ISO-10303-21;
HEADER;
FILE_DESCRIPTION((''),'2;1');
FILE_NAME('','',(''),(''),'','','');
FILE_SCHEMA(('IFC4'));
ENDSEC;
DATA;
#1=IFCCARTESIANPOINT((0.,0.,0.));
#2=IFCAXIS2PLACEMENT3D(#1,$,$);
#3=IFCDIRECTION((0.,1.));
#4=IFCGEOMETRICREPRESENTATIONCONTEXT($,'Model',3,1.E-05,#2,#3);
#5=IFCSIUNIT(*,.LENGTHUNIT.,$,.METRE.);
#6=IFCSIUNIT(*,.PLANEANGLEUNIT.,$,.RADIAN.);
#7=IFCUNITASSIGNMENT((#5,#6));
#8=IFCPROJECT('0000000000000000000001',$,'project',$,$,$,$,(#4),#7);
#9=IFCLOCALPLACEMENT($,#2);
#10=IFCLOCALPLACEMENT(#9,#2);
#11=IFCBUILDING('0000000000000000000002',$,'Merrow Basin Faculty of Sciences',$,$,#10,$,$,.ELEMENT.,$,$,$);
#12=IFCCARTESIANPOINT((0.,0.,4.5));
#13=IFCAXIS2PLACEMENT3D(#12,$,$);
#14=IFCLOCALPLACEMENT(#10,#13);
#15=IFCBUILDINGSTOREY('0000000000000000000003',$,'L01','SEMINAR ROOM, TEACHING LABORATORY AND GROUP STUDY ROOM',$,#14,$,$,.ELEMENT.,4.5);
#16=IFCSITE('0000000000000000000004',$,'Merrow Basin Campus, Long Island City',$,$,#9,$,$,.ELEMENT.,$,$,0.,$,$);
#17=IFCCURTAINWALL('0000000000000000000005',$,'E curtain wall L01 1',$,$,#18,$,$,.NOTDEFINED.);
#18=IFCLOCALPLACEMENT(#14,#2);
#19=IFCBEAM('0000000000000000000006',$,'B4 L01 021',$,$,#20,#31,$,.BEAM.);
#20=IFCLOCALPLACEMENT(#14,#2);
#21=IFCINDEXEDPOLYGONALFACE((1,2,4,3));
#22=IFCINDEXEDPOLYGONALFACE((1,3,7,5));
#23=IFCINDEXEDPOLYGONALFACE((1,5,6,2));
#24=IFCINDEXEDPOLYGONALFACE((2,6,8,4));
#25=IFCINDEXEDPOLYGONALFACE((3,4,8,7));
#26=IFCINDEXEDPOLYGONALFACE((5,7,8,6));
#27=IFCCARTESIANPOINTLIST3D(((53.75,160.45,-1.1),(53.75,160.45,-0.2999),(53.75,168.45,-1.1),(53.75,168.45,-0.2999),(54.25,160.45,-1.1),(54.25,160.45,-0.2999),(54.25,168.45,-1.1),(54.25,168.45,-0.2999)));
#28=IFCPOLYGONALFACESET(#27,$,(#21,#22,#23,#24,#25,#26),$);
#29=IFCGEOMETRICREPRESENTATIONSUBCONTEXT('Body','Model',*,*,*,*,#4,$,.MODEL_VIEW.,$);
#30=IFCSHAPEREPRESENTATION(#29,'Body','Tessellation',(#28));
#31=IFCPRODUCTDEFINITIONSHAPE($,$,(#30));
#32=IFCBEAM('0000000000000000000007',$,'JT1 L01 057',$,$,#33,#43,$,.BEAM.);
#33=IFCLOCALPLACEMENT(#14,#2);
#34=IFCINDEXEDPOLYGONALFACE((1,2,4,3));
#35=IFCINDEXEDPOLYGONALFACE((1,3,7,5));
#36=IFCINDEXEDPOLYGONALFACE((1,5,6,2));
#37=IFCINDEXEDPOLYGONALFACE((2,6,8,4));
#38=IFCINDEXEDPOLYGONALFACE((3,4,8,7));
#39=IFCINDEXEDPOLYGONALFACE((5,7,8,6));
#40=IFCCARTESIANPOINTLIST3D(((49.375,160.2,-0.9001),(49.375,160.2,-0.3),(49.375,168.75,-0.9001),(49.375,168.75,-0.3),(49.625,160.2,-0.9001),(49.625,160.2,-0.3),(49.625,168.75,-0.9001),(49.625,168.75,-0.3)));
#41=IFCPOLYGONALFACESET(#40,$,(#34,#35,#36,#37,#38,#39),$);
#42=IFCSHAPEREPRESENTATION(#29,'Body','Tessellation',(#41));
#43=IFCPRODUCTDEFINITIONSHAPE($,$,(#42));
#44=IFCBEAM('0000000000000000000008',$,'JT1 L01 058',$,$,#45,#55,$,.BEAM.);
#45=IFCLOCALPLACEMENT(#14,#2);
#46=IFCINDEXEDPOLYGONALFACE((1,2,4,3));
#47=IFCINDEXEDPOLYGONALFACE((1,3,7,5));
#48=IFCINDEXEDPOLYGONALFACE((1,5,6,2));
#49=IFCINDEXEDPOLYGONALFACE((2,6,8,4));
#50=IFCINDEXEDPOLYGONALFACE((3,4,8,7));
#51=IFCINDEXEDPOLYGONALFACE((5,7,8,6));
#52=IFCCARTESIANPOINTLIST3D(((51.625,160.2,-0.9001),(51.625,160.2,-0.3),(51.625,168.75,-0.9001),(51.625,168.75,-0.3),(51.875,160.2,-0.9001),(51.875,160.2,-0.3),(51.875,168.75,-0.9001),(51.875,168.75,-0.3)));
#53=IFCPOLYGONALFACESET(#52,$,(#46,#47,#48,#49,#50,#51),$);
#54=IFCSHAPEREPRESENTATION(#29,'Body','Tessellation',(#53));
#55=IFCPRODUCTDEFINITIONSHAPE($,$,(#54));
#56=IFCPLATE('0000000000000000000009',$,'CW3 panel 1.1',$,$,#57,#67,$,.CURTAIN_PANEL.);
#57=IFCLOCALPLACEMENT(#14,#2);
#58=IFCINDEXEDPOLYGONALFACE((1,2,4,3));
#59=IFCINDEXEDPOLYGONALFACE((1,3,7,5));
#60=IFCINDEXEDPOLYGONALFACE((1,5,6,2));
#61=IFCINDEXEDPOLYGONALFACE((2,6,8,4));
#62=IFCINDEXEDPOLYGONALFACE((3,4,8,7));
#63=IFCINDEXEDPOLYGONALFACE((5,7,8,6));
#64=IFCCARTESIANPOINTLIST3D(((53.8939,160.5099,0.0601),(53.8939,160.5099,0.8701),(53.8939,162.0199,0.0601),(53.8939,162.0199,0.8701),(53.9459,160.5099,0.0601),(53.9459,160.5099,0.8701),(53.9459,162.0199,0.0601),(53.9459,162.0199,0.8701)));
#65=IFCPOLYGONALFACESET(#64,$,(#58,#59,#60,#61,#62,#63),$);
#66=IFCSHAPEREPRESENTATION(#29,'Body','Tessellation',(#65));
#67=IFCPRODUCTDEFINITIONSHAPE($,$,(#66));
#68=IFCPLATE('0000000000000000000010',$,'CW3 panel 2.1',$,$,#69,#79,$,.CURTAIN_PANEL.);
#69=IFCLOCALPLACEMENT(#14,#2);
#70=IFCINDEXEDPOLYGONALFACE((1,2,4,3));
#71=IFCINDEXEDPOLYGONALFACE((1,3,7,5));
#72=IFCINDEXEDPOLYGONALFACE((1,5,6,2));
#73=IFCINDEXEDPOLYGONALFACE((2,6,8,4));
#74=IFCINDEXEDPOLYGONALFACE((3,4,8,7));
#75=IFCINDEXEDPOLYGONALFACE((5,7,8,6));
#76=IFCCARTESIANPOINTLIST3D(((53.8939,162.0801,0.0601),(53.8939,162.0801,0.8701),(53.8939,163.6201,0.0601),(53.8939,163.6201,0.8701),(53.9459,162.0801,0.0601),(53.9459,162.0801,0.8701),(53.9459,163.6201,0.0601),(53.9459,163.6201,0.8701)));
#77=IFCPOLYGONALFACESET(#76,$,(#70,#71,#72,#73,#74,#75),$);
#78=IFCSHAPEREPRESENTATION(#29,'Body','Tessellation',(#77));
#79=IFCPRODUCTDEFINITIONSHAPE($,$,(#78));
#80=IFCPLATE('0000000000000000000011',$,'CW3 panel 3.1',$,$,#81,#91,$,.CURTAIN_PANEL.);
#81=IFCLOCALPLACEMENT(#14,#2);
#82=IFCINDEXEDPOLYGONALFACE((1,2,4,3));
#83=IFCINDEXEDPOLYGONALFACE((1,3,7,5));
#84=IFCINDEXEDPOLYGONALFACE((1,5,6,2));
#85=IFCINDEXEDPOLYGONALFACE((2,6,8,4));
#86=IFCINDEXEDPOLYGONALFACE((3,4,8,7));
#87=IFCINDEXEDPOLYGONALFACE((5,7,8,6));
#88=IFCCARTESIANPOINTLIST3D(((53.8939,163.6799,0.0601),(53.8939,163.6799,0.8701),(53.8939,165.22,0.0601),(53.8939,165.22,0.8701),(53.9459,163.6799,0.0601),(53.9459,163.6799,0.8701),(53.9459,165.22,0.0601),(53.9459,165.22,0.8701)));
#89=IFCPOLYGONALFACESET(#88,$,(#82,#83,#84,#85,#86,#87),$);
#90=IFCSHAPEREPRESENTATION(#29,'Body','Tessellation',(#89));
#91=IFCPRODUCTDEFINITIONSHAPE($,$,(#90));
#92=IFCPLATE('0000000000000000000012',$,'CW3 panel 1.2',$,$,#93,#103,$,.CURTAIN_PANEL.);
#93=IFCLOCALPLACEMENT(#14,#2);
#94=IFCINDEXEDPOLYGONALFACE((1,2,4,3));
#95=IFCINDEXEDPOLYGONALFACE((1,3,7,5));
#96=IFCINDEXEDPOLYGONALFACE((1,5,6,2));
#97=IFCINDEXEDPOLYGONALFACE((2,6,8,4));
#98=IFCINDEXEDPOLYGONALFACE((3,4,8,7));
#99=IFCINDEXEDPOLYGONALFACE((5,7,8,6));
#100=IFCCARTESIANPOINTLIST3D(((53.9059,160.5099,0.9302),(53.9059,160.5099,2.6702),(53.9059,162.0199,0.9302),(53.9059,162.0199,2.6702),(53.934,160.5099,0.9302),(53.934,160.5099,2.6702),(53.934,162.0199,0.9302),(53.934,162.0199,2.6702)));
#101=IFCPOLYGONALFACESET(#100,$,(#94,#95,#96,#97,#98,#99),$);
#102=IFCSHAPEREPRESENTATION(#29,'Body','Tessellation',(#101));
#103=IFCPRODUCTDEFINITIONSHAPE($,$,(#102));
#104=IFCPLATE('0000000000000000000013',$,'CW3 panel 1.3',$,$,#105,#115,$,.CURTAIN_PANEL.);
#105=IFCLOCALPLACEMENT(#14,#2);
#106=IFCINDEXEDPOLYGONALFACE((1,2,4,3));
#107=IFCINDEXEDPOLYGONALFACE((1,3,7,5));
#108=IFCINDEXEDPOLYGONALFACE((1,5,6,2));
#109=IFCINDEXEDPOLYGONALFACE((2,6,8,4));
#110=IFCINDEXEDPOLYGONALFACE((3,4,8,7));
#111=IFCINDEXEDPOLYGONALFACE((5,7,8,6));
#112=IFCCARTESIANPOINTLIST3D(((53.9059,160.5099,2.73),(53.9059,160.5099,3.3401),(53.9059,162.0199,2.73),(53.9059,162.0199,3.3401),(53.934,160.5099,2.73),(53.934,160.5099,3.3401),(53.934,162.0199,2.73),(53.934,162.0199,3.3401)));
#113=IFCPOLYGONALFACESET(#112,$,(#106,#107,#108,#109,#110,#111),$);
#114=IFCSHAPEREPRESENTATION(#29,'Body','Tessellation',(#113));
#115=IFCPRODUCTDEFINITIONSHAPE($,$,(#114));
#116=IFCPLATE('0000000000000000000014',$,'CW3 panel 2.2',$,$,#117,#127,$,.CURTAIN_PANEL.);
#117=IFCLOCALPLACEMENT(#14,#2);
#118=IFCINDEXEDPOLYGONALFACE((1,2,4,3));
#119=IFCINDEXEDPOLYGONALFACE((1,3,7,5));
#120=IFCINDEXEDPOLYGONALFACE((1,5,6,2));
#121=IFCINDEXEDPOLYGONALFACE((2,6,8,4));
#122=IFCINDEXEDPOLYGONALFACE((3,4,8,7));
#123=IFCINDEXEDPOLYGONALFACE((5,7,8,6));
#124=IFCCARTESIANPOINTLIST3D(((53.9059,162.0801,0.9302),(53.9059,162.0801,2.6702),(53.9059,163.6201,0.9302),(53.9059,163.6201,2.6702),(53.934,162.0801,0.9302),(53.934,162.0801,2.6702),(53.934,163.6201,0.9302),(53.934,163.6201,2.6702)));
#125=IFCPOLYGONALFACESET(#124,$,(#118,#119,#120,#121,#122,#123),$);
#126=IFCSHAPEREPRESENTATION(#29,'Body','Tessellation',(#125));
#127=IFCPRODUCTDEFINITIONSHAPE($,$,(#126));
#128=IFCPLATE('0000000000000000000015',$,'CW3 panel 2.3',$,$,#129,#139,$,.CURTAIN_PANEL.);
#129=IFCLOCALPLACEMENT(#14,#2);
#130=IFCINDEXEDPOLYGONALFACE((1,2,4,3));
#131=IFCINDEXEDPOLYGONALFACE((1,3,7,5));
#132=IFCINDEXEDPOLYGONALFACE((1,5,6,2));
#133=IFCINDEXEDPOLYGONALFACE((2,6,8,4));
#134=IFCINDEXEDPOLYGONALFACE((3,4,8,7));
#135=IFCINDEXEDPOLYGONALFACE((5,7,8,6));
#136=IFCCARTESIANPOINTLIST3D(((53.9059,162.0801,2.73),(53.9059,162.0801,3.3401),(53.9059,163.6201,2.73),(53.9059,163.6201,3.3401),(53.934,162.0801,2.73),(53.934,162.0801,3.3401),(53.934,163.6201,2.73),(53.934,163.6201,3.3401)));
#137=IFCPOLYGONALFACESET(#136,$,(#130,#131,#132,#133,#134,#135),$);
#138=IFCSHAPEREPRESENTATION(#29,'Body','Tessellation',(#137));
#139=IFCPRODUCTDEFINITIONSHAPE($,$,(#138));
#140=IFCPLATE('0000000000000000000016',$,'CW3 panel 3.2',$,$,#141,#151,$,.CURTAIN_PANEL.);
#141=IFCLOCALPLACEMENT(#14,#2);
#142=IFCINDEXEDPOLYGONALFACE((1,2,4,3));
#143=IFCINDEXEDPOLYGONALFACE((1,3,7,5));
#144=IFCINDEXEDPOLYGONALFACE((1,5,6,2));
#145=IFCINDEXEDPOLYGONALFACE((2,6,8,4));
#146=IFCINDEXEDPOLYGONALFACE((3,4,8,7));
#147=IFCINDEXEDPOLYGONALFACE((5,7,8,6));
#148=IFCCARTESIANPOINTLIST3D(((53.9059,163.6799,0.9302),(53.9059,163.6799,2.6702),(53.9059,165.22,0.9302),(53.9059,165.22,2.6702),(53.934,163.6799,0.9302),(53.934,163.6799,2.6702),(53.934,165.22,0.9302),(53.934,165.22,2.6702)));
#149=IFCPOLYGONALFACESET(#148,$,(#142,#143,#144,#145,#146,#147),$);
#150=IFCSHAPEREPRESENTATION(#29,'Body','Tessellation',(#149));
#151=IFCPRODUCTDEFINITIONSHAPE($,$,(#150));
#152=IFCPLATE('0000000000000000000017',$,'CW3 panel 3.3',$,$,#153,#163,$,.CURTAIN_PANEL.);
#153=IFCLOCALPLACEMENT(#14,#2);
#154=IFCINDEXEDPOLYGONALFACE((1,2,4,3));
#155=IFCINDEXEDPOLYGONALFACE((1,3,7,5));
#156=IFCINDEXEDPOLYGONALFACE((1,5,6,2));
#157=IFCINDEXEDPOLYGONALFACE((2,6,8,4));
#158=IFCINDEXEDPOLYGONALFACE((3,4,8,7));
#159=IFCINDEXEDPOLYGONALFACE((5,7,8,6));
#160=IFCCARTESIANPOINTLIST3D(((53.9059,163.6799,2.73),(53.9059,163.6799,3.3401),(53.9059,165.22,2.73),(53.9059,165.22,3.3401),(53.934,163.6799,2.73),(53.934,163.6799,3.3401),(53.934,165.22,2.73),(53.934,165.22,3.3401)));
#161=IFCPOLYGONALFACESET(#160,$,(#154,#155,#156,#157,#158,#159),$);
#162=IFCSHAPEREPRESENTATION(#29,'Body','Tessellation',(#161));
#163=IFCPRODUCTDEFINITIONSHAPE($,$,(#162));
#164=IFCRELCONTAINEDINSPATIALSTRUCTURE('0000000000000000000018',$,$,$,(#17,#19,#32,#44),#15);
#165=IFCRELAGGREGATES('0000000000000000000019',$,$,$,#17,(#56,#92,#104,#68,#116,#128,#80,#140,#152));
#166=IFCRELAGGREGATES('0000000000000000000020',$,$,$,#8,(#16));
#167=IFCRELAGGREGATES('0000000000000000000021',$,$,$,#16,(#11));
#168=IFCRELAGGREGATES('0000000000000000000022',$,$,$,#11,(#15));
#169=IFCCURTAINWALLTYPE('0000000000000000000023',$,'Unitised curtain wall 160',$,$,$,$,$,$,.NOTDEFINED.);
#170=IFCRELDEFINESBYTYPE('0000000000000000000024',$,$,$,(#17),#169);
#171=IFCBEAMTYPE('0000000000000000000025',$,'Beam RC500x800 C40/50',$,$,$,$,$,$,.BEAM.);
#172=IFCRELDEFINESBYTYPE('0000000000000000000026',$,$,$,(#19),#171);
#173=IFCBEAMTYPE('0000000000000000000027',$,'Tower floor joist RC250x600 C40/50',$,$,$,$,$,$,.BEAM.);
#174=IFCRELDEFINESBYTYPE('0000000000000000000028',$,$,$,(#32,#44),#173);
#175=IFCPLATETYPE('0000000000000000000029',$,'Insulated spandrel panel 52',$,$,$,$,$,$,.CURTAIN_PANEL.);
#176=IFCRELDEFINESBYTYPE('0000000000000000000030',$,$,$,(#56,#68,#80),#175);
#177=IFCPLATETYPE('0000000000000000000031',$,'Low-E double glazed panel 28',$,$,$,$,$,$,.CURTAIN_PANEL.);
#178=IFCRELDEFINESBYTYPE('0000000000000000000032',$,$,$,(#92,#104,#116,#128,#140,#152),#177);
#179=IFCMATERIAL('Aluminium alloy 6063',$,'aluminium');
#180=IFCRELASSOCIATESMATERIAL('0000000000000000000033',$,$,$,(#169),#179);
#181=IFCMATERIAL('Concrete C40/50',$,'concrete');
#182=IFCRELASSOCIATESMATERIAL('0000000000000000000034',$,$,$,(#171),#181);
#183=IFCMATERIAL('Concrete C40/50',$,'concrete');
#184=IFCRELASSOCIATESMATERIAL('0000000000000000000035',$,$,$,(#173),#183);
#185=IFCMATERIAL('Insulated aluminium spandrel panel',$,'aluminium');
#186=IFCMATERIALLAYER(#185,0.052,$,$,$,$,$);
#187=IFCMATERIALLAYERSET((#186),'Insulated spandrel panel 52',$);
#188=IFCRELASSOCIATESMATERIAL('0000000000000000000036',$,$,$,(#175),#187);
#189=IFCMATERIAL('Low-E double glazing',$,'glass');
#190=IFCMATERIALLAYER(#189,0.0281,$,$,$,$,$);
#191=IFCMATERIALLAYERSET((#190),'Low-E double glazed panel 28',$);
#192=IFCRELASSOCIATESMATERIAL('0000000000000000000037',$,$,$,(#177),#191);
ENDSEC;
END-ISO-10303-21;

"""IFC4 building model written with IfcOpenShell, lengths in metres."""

from ifc_helpers import new_model, si_unit, direction, frame, origin, origin_2d, place, context, subcontext, project, spatial, rectangle, extrude, material, layer, layer_set, material_profile, profile_set, type_object, element, aggregate, save


model = new_model("IFC4")

# Units and contexts
model_context = context("Model", 3, precision=1e-05, world=origin(), true_north=direction((0.0, 1.0)))
body_context = subcontext(model_context, "Body", "Model", "MODEL_VIEW")
ifc_project = project(units=[si_unit("LENGTHUNIT", "METRE"), si_unit("PLANEANGLEUNIT", "RADIAN")], contexts=[model_context])

# Site, building, storey
site_placement = place(None, origin())
site = spatial("IfcSite", under=ifc_project, at=site_placement, Name="Merrow Basin Campus, Long Island City", CompositionType="ELEMENT", RefElevation=0.0)
building_placement = place(site_placement, origin())
building = spatial("IfcBuilding", under=site, at=building_placement, Name="Merrow Basin Faculty of Sciences", CompositionType="ELEMENT")
storey_placement = place(building_placement, frame((0.0, 0.0, 4.5)))
storey = spatial("IfcBuildingStorey", under=building, at=storey_placement, Name="L01", Description="SEMINAR ROOM, TEACHING LABORATORY AND GROUP STUDY ROOM", CompositionType="ELEMENT", Elevation=4.5)

# Curtain wall
ifc_material_1 = material(Name="Aluminium alloy 6063", Category="aluminium")
curtain_wall_type = type_object("IfcCurtainWallType", Name="Unitised curtain wall 160", PredefinedType="NOTDEFINED", material=ifc_material_1)
curtain_wall_placement = place(storey_placement, origin())
curtain_wall = element("IfcCurtainWall", 1, at=curtain_wall_placement, inside=storey, type_object=curtain_wall_type, Name="E curtain wall L01 1", PredefinedType="NOTDEFINED")

# Beams
ifc_material_2 = material(Name="Concrete C40/50", Category="concrete")
ifc_material_profile_1 = material_profile(ifc_material_2, rectangle(XDim=0.5, YDim=0.8, at=origin_2d()))
ifc_profile_set_1 = profile_set([ifc_material_profile_1], Name="Concrete C40/50")
beam_type_1 = type_object("IfcBeamType", Name="Beam RC500x800 C40/50", PredefinedType="BEAM", material=ifc_profile_set_1)
beam_placement = place(storey_placement, frame((54.0, 160.45, -0.7), z_axis=(0.0, 1.0, 0.0), x_axis=(-1.0, 0.0, 0.0)))
element("IfcBeam", 2, at=beam_placement, inside=storey, type_object=beam_type_1, Name="B4 L01 021", PredefinedType="BEAM", context=body_context, shape_type="SweptSolid", body=[
    extrude(rectangle(XDim=0.5, YDim=0.8, at=origin_2d()), origin(), (0.0, 0.0, 1.0), 8.0),
])
ifc_material_3 = material(Name="Concrete C40/50", Category="concrete")
ifc_material_profile_2 = material_profile(ifc_material_3, rectangle(XDim=0.25, YDim=0.6001, at=origin_2d()))
ifc_profile_set_2 = profile_set([ifc_material_profile_2], Name="Concrete C40/50")
beam_type_2 = type_object("IfcBeamType", Name="Tower floor joist RC250x600 C40/50", PredefinedType="BEAM", material=ifc_profile_set_2)
for number, where, z_axis, x_axis, name in (
    (3, (49.5, 160.2, -0.6001), (0.0, 1.0, 0.0), (-1.0, 0.0, 0.0), "JT1 L01 057"),
    (4, (51.75, 160.2, -0.6001), (0.0, 1.0, 0.0), (-1.0, 0.0, 0.0), "JT1 L01 058"),
):
    element("IfcBeam", number, at=place(storey_placement, frame(where, z_axis=z_axis, x_axis=x_axis)), inside=storey, type_object=beam_type_2, Name=name, PredefinedType="BEAM", context=body_context, shape_type="SweptSolid", body=[
        extrude(rectangle(XDim=0.25, YDim=0.6001, at=origin_2d()), origin(), (0.0, 0.0, 1.0), 8.55),
    ])

# Plates
ifc_material_4 = material(Name="Insulated aluminium spandrel panel", Category="aluminium")
ifc_layer_1 = layer(ifc_material_4, 0.052)
ifc_layer_set_1 = layer_set([ifc_layer_1], Name="Insulated spandrel panel 52")
plate_type_1 = type_object("IfcPlateType", Name="Insulated spandrel panel 52", PredefinedType="CURTAIN_PANEL", material=ifc_layer_set_1)
plate_1_placement = place(storey_placement, frame((53.9199, 161.2649, 0.0601), z_axis=(0.0, 0.0, 1.0), x_axis=(0.0, 1.0, 0.0)))
plate_1 = element("IfcPlate", 5, at=plate_1_placement, type_object=plate_type_1, Name="CW3 panel 1.1", PredefinedType="CURTAIN_PANEL", context=body_context, shape_type="SweptSolid", body=[
    extrude(rectangle(XDim=1.51, YDim=0.052, at=origin_2d()), origin(), (0.0, 0.0, 1.0), 0.8101),
])
plate_2_placement = place(storey_placement, frame((53.9199, 162.8501, 0.0601), z_axis=(0.0, 0.0, 1.0), x_axis=(0.0, 1.0, 0.0)))
plate_2 = element("IfcPlate", 6, at=plate_2_placement, type_object=plate_type_1, Name="CW3 panel 2.1", PredefinedType="CURTAIN_PANEL", context=body_context, shape_type="SweptSolid", body=[
    extrude(rectangle(XDim=1.54, YDim=0.052, at=origin_2d()), origin(), (0.0, 0.0, 1.0), 0.8101),
])
plate_3_placement = place(storey_placement, frame((53.9199, 164.45, 0.0601), z_axis=(0.0, 0.0, 1.0), x_axis=(0.0, 1.0, 0.0)))
plate_3 = element("IfcPlate", 7, at=plate_3_placement, type_object=plate_type_1, Name="CW3 panel 3.1", PredefinedType="CURTAIN_PANEL", context=body_context, shape_type="SweptSolid", body=[
    extrude(rectangle(XDim=1.54, YDim=0.052, at=origin_2d()), origin(), (0.0, 0.0, 1.0), 0.8101),
])
ifc_material_5 = material(Name="Low-E double glazing", Category="glass")
ifc_layer_2 = layer(ifc_material_5, 0.0281)
ifc_layer_set_2 = layer_set([ifc_layer_2], Name="Low-E double glazed panel 28")
plate_type_2 = type_object("IfcPlateType", Name="Low-E double glazed panel 28", PredefinedType="CURTAIN_PANEL", material=ifc_layer_set_2)
plate_4_placement = place(storey_placement, frame((53.9199, 161.2649, 0.9302), z_axis=(0.0, 0.0, 1.0), x_axis=(0.0, 1.0, 0.0)))
plate_4 = element("IfcPlate", 8, at=plate_4_placement, type_object=plate_type_2, Name="CW3 panel 1.2", PredefinedType="CURTAIN_PANEL", context=body_context, shape_type="SweptSolid", body=[
    extrude(rectangle(XDim=1.51, YDim=0.0281, at=origin_2d()), origin(), (0.0, 0.0, 1.0), 1.74),
])
plate_5_placement = place(storey_placement, frame((53.9199, 161.2649, 2.73), z_axis=(0.0, 0.0, 1.0), x_axis=(0.0, 1.0, 0.0)))
plate_5 = element("IfcPlate", 9, at=plate_5_placement, type_object=plate_type_2, Name="CW3 panel 1.3", PredefinedType="CURTAIN_PANEL", context=body_context, shape_type="SweptSolid", body=[
    extrude(rectangle(XDim=1.51, YDim=0.0281, at=origin_2d()), origin(), (0.0, 0.0, 1.0), 0.6101),
])
plate_6_placement = place(storey_placement, frame((53.9199, 162.8501, 0.9302), z_axis=(0.0, 0.0, 1.0), x_axis=(0.0, 1.0, 0.0)))
plate_6 = element("IfcPlate", 10, at=plate_6_placement, type_object=plate_type_2, Name="CW3 panel 2.2", PredefinedType="CURTAIN_PANEL", context=body_context, shape_type="SweptSolid", body=[
    extrude(rectangle(XDim=1.54, YDim=0.0281, at=origin_2d()), origin(), (0.0, 0.0, 1.0), 1.74),
])
plate_7_placement = place(storey_placement, frame((53.9199, 162.8501, 2.73), z_axis=(0.0, 0.0, 1.0), x_axis=(0.0, 1.0, 0.0)))
plate_7 = element("IfcPlate", 11, at=plate_7_placement, type_object=plate_type_2, Name="CW3 panel 2.3", PredefinedType="CURTAIN_PANEL", context=body_context, shape_type="SweptSolid", body=[
    extrude(rectangle(XDim=1.54, YDim=0.0281, at=origin_2d()), origin(), (0.0, 0.0, 1.0), 0.6101),
])
plate_8_placement = place(storey_placement, frame((53.9199, 164.45, 0.9302), z_axis=(0.0, 0.0, 1.0), x_axis=(0.0, 1.0, 0.0)))
plate_8 = element("IfcPlate", 12, at=plate_8_placement, type_object=plate_type_2, Name="CW3 panel 3.2", PredefinedType="CURTAIN_PANEL", context=body_context, shape_type="SweptSolid", body=[
    extrude(rectangle(XDim=1.54, YDim=0.0281, at=origin_2d()), origin(), (0.0, 0.0, 1.0), 1.74),
])
plate_9_placement = place(storey_placement, frame((53.9199, 164.45, 2.73), z_axis=(0.0, 0.0, 1.0), x_axis=(0.0, 1.0, 0.0)))
plate_9 = element("IfcPlate", 13, at=plate_9_placement, type_object=plate_type_2, Name="CW3 panel 3.3", PredefinedType="CURTAIN_PANEL", context=body_context, shape_type="SweptSolid", body=[
    extrude(rectangle(XDim=1.54, YDim=0.0281, at=origin_2d()), origin(), (0.0, 0.0, 1.0), 0.6101),
])
aggregate(curtain_wall, [plate_1, plate_4, plate_5, plate_2, plate_6, plate_7, plate_3, plate_8, plate_9])

save(model, "model.ifc")
